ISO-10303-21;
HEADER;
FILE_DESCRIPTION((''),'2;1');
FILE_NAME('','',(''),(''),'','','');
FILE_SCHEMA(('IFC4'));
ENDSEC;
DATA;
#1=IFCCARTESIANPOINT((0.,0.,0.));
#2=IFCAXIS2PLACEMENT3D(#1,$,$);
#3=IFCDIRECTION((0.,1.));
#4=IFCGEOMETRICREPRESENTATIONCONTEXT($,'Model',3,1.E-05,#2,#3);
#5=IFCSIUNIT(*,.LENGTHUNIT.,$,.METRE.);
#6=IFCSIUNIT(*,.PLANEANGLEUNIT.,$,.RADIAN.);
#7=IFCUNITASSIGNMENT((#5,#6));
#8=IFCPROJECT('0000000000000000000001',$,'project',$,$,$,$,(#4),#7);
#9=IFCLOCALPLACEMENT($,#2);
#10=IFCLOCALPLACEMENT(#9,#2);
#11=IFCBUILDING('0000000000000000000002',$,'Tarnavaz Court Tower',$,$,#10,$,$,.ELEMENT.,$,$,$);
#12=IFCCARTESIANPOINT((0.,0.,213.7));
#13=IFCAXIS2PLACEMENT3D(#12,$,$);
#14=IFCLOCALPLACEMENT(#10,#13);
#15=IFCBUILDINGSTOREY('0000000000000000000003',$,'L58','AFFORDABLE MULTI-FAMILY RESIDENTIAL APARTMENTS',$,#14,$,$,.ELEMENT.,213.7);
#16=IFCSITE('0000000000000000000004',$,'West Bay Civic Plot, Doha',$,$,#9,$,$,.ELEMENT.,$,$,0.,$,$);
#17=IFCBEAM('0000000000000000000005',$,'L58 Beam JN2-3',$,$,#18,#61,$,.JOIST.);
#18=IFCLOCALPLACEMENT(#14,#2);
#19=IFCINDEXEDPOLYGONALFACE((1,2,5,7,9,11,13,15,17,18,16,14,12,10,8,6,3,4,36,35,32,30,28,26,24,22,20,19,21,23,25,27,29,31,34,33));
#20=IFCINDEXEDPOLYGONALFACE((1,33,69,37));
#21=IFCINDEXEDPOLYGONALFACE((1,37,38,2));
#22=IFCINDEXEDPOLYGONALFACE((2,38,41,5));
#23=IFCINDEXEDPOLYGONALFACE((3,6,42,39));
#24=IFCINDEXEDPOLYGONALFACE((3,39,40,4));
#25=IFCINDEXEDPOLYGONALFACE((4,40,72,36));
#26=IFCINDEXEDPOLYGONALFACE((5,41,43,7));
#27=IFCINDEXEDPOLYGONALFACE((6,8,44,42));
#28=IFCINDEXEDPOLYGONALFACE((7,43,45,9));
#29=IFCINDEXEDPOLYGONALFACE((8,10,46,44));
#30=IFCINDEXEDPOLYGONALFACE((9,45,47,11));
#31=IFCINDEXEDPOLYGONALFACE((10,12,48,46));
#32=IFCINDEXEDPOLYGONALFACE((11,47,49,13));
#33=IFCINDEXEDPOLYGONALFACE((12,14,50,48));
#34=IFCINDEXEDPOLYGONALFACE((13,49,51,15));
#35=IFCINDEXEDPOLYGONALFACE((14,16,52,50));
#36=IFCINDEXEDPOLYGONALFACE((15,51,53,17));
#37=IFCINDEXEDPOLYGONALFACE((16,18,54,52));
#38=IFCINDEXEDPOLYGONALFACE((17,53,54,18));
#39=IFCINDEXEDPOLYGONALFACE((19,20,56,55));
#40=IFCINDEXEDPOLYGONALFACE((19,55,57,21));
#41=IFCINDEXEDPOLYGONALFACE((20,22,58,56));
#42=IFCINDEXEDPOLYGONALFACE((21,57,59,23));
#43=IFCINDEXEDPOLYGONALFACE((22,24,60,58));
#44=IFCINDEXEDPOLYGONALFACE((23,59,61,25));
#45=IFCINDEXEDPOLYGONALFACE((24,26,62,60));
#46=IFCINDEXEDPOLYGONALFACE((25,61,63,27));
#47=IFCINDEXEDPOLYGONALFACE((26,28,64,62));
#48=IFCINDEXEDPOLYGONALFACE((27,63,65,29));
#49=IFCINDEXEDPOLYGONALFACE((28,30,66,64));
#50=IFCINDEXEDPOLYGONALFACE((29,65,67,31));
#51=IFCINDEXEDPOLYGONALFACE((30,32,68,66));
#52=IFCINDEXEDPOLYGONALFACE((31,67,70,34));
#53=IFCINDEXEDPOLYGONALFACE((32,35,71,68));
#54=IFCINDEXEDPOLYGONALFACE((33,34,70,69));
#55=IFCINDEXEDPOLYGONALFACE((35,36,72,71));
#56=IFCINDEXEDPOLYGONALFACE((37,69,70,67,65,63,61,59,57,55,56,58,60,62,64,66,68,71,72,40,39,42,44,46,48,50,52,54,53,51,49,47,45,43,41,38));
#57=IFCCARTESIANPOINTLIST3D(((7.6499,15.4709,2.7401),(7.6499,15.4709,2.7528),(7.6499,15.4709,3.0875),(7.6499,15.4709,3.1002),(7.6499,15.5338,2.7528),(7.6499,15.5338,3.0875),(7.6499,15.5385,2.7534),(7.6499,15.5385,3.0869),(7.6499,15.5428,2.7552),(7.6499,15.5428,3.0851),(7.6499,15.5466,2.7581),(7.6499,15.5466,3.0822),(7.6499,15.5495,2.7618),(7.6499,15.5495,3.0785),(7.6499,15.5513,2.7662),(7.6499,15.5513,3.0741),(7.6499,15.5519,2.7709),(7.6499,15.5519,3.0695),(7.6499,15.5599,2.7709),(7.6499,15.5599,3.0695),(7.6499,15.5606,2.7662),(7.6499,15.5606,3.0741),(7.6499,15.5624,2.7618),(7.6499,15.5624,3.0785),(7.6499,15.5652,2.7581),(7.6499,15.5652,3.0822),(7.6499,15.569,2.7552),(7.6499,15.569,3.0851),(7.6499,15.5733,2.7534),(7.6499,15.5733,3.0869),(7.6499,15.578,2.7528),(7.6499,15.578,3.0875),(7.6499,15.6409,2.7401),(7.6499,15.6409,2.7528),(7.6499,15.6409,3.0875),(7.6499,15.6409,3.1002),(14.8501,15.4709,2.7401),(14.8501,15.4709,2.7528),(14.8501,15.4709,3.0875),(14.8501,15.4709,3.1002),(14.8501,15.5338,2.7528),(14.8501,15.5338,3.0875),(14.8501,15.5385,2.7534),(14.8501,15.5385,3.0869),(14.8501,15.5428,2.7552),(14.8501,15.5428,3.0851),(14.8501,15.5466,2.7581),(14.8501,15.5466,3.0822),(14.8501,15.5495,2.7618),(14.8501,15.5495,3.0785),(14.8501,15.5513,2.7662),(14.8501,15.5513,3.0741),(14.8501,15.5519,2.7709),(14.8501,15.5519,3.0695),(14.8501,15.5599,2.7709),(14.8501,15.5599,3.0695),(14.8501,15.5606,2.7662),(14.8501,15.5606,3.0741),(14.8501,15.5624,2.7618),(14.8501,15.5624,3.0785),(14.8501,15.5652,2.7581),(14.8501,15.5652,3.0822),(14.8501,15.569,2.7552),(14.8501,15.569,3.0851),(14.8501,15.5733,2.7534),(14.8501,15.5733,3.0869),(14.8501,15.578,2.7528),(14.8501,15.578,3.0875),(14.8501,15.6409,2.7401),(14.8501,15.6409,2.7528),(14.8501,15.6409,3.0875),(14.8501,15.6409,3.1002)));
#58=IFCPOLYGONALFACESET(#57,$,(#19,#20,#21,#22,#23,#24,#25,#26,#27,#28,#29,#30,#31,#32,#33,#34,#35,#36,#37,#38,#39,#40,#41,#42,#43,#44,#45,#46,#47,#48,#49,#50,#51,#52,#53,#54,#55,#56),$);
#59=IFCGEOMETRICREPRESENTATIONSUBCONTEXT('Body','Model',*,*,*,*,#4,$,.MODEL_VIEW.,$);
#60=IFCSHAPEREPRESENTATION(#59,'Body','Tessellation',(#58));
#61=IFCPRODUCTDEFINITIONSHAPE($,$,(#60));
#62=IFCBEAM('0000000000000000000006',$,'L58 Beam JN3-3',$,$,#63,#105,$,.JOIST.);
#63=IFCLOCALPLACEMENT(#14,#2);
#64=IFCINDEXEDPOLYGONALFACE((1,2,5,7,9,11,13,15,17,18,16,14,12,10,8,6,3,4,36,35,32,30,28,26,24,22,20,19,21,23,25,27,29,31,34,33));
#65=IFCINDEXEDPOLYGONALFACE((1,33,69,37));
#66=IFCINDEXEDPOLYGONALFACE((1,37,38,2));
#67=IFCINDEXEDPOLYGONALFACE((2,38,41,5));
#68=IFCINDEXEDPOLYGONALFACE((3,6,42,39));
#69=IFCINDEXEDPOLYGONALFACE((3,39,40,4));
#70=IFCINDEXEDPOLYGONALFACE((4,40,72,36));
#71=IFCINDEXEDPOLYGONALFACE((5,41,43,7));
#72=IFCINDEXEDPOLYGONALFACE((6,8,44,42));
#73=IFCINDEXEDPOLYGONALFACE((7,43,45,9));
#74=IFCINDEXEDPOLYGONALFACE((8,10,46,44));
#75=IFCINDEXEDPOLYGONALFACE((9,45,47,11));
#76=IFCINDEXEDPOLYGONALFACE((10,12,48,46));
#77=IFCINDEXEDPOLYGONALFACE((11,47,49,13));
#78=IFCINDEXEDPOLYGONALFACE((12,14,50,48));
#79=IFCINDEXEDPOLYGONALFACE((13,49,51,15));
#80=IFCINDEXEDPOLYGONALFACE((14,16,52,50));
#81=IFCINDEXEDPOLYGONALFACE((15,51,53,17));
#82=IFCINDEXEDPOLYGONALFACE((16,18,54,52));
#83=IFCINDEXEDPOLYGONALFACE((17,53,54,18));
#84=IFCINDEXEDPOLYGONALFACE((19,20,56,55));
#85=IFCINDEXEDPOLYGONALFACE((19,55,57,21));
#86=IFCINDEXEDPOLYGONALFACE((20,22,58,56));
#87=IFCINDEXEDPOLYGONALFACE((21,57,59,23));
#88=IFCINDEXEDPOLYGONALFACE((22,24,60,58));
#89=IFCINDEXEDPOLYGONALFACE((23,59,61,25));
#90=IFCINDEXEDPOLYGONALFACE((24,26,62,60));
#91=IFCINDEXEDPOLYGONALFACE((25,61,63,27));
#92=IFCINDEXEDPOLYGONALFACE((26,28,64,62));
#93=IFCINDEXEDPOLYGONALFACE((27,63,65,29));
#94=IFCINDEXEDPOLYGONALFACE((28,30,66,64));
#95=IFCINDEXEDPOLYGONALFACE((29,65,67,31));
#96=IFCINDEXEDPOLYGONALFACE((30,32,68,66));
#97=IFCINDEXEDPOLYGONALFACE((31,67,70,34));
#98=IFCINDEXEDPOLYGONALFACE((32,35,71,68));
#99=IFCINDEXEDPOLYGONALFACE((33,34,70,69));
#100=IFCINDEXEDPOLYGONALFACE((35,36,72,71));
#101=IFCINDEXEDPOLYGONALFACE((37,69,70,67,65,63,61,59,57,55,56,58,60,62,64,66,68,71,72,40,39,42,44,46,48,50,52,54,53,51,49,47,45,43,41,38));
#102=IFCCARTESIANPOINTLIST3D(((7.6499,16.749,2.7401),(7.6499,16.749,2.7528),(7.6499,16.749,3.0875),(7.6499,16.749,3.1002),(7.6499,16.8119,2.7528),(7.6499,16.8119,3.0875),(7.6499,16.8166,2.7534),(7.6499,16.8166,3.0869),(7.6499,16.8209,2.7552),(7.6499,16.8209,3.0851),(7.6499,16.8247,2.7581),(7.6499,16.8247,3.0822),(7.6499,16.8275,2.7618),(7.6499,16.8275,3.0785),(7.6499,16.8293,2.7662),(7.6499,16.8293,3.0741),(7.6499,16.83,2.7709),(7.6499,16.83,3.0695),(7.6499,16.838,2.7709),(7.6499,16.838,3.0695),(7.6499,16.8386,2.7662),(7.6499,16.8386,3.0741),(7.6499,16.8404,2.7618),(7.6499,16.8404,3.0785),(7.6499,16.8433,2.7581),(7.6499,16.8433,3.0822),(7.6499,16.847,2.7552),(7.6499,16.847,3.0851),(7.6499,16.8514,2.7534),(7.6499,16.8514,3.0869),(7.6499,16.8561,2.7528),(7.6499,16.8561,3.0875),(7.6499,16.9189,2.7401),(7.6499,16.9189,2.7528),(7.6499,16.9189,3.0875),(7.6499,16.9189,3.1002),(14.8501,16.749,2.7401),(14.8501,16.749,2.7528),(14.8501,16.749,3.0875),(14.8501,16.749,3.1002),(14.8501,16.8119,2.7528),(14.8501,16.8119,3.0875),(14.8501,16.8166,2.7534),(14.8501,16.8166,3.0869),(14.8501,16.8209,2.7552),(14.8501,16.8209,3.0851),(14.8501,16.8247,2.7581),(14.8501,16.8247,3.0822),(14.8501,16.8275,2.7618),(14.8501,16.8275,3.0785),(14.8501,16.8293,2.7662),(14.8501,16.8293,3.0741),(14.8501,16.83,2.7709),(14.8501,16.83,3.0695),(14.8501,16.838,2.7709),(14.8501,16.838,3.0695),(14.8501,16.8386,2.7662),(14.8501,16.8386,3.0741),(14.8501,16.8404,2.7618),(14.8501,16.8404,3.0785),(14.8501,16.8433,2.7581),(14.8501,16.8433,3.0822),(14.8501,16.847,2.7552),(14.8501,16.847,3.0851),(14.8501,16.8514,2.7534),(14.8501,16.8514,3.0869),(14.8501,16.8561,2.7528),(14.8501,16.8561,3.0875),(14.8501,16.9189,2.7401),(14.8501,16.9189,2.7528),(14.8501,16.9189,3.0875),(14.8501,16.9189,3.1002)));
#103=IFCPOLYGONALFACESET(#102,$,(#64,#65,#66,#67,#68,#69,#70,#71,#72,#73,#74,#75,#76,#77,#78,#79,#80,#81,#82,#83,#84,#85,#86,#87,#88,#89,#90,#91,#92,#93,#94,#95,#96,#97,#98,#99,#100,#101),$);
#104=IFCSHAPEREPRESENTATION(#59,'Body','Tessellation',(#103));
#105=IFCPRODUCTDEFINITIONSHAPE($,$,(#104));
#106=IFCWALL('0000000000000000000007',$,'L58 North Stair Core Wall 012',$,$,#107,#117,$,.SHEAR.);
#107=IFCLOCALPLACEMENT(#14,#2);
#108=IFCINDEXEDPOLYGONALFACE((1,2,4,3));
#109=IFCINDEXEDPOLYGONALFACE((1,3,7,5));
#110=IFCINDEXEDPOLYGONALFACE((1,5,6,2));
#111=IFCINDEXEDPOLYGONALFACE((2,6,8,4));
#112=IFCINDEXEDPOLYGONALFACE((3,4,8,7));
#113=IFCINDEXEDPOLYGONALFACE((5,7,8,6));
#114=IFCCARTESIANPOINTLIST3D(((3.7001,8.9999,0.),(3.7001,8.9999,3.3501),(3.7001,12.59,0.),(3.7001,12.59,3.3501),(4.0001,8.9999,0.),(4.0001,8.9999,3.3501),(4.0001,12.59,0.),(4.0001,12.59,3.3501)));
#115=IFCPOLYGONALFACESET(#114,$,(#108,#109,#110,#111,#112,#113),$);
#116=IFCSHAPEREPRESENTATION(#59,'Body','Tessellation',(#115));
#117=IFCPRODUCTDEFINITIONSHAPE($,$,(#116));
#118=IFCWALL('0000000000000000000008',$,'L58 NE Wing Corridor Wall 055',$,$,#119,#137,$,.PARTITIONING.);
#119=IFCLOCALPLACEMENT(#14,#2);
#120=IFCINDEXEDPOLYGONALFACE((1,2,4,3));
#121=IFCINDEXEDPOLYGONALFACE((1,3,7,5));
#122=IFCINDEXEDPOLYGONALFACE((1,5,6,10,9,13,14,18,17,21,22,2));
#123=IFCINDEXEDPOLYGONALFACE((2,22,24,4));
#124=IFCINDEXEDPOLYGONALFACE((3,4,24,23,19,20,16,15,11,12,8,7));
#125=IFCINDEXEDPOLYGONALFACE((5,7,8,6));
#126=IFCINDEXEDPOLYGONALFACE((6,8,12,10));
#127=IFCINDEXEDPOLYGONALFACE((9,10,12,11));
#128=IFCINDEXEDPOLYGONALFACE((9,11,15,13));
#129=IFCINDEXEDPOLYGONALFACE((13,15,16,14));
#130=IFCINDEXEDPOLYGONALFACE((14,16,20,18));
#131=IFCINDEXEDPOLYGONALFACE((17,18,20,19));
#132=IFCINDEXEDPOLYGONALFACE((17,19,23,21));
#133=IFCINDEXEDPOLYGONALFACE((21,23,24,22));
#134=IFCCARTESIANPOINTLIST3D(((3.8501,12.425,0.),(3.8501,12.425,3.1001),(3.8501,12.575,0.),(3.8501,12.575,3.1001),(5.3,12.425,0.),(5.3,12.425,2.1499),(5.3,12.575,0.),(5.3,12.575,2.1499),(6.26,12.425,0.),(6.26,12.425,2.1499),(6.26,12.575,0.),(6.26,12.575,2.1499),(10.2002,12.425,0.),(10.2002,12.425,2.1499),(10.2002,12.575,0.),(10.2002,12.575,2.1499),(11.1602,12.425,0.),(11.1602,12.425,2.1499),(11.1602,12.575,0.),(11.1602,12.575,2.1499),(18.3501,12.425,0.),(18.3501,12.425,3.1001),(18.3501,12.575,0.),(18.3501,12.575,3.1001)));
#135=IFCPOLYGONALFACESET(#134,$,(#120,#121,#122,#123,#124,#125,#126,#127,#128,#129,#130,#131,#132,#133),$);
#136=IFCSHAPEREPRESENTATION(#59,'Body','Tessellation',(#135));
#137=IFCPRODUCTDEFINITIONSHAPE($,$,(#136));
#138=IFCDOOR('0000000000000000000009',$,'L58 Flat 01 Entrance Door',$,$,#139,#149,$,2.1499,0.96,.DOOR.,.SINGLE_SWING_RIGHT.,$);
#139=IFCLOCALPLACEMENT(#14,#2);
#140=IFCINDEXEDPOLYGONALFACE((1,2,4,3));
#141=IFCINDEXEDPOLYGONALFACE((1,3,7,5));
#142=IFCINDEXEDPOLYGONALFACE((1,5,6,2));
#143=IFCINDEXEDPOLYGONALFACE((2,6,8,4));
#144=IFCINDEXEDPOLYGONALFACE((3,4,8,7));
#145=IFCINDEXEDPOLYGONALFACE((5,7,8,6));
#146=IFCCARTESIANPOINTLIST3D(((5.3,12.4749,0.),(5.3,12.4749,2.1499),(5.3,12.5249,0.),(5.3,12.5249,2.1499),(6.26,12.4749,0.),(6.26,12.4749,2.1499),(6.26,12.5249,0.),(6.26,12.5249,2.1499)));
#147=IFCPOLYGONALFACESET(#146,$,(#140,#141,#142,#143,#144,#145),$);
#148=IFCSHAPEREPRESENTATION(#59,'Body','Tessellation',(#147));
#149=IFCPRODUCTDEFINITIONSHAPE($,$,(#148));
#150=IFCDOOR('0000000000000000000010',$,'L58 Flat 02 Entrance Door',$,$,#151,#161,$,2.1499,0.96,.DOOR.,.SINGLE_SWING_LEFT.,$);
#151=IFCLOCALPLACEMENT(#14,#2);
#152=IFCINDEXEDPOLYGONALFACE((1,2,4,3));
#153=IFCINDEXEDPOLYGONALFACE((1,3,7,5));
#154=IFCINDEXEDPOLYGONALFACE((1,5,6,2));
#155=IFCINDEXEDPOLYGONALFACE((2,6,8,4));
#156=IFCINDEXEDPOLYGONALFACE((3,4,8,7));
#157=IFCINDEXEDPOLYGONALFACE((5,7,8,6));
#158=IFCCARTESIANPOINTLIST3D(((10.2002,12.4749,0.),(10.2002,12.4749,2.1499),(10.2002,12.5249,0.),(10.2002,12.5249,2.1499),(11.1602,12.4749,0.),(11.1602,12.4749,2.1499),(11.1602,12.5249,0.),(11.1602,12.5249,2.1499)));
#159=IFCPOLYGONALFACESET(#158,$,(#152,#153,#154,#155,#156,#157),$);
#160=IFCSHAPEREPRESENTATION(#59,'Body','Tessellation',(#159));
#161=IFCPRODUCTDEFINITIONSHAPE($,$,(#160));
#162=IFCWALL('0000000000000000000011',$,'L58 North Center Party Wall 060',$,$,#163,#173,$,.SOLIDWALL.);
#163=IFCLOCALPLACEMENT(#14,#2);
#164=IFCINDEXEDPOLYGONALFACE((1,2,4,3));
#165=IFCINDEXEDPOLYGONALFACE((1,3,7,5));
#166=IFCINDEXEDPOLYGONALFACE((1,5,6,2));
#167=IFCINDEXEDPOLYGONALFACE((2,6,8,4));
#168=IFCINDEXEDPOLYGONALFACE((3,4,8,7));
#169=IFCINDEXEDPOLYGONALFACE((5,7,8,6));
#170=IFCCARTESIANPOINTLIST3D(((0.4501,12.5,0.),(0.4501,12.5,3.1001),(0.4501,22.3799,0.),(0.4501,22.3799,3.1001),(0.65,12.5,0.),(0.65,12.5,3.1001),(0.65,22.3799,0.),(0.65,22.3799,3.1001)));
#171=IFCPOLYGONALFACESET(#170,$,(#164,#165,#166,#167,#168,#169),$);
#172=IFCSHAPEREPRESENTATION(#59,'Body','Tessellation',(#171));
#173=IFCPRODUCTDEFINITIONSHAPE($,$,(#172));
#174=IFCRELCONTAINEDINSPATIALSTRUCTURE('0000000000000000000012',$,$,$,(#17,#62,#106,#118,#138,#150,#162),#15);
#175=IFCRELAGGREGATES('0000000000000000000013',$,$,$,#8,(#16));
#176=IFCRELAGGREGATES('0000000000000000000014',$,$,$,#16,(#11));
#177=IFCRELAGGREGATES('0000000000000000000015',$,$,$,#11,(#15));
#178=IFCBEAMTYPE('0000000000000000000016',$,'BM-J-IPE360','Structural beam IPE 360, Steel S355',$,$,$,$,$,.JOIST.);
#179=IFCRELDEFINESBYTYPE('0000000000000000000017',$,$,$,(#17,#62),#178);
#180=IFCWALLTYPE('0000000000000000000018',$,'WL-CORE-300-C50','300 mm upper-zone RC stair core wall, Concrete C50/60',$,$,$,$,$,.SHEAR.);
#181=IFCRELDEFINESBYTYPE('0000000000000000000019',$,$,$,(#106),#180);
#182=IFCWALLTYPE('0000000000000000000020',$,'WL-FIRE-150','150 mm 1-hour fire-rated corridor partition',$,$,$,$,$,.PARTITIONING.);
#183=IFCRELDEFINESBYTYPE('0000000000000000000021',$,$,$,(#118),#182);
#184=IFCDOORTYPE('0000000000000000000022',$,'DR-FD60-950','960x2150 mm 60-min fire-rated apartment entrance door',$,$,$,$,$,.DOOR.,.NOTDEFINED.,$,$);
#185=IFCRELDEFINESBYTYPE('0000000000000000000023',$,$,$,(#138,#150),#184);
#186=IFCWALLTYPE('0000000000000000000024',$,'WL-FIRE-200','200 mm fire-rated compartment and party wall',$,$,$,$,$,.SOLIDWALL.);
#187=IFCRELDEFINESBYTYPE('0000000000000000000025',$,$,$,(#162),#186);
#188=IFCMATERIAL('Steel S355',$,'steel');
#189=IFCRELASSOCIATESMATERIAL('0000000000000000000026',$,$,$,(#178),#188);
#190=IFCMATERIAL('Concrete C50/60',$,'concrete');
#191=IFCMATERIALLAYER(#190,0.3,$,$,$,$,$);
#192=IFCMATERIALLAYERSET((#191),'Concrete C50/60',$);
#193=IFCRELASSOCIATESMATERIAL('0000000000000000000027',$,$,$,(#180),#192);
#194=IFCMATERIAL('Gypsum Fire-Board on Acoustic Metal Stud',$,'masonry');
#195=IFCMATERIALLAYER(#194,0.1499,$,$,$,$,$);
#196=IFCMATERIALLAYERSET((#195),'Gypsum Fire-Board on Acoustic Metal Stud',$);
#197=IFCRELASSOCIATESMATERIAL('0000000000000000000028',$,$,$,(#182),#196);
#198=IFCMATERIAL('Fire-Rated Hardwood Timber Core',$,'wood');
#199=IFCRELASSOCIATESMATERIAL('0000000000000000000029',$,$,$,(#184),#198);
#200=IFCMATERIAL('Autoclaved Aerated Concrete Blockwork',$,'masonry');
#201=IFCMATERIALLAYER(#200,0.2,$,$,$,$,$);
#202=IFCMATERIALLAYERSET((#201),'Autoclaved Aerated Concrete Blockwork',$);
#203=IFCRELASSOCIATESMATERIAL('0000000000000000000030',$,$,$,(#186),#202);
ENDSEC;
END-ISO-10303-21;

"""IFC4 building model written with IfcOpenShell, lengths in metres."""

from ifc_helpers import new_model, si_unit, direction, frame, frame_2d, origin, origin_2d, place, context, subcontext, project, spatial, rectangle, i_section, extrude, material, layer, layer_set, material_profile, profile_set, type_object, element, fill, save


model = new_model("IFC4")

# Units and contexts
model_context = context("Model", 3, precision=1e-05, world=origin(), true_north=direction((0.0, 1.0)))
body_context = subcontext(model_context, "Body", "Model", "MODEL_VIEW")
ifc_project = project(units=[si_unit("LENGTHUNIT", "METRE"), si_unit("PLANEANGLEUNIT", "RADIAN")], contexts=[model_context])

# Site, building, storey
site_placement = place(None, origin())
site = spatial("IfcSite", under=ifc_project, at=site_placement, Name="West Bay Civic Plot, Doha", CompositionType="ELEMENT", RefElevation=0.0)
building_placement = place(site_placement, origin())
building = spatial("IfcBuilding", under=site, at=building_placement, Name="Tarnavaz Court Tower", CompositionType="ELEMENT")
storey_placement = place(building_placement, frame((0.0, 0.0, 213.7)))
storey = spatial("IfcBuildingStorey", under=building, at=storey_placement, Name="L58", Description="AFFORDABLE MULTI-FAMILY RESIDENTIAL APARTMENTS", CompositionType="ELEMENT", Elevation=213.7)

# Shared definitions
ifc_material_1 = material(Name="Concrete C50/60", Category="concrete")

# Beams
ifc_material_2 = material(Name="Steel S355", Category="steel")
ifc_material_profile_1 = material_profile(ifc_material_2, i_section(OverallWidth=0.1699, OverallDepth=0.3601, WebThickness=0.0081, FlangeThickness=0.0127, FilletRadius=0.0181, at=origin_2d()), Name="IPE 360")
ifc_profile_set_1 = profile_set([ifc_material_profile_1], Name="Steel S355")
beam_type_1 = type_object("IfcBeamType", Name="BM-J-IPE360", Description="Structural beam IPE 360, Steel S355", PredefinedType="JOIST", material=ifc_profile_set_1)
for number, where, z_axis, x_axis, name in (
    (1, (7.6499, 15.5559, 2.9202), (1.0, 0.0, 0.0), (0.0, 1.0, 0.0), "L58 Beam JN2-3"),
    (2, (7.6499, 16.834, 2.9202), (1.0, 0.0, 0.0), (0.0, 1.0, 0.0), "L58 Beam JN3-3"),
):
    element("IfcBeam", number, at=place(storey_placement, frame(where, z_axis=z_axis, x_axis=x_axis)), inside=storey, type_object=beam_type_1, Name=name, PredefinedType="JOIST", context=body_context, shape_type="SweptSolid", body=[
        extrude(i_section(OverallWidth=0.1699, OverallDepth=0.3601, WebThickness=0.0081, FlangeThickness=0.0127, FilletRadius=0.0181, at=origin_2d()), origin(), (0.0, 0.0, 1.0), 7.2002),
    ])

# Wall
ifc_layer_1 = layer(ifc_material_1, 0.3)
ifc_layer_set_1 = layer_set([ifc_layer_1], Name="Concrete C50/60")
wall_type_1 = type_object("IfcWallType", Name="WL-CORE-300-C50", Description="300 mm upper-zone RC stair core wall, Concrete C50/60", PredefinedType="SHEAR", material=ifc_layer_set_1)
wall_1_placement = place(storey_placement, frame((3.8501, 9.0, 0.0), z_axis=(0.0, 0.0, 1.0), x_axis=(0.0, 1.0, 0.0)))
element("IfcWall", 3, at=wall_1_placement, inside=storey, type_object=wall_type_1, Name="L58 North Stair Core Wall 012", PredefinedType="SHEAR", context=body_context, shape_type="SweptSolid", body=[
    extrude(rectangle(XDim=3.5901, YDim=0.3, at=frame_2d((1.7949, 0.0))), origin(), (0.0, 0.0, 1.0), 3.3501),
])

# Wall, openings, doors
ifc_material_3 = material(Name="Gypsum Fire-Board on Acoustic Metal Stud", Category="masonry")
ifc_layer_2 = layer(ifc_material_3, 0.1499)
ifc_layer_set_2 = layer_set([ifc_layer_2], Name="Gypsum Fire-Board on Acoustic Metal Stud")
wall_type_2 = type_object("IfcWallType", Name="WL-FIRE-150", Description="150 mm 1-hour fire-rated corridor partition", PredefinedType="PARTITIONING", material=ifc_layer_set_2)
wall_2_placement = place(storey_placement, frame((3.8501, 12.5, 0.0), z_axis=(0.0, 0.0, 1.0), x_axis=(1.0, 0.0, 0.0)))
wall_2 = element("IfcWall", 4, at=wall_2_placement, inside=storey, type_object=wall_type_2, Name="L58 NE Wing Corridor Wall 055", PredefinedType="PARTITIONING", context=body_context, shape_type="SweptSolid", body=[
    extrude(rectangle(XDim=14.5, YDim=0.1499, at=frame_2d((7.25, 0.0))), origin(), (0.0, 0.0, 1.0), 3.1001),
])
opening_1_placement = place(wall_2_placement, frame((1.45, 0.0, 0.0)))
opening_1 = element("IfcOpeningElement", 5, at=opening_1_placement, cuts=wall_2, PredefinedType="OPENING", context=body_context, shape_type="SweptSolid", body=[
    extrude(rectangle(XDim=0.96, YDim=2.1499, at=frame_2d((0.48, 1.075))), frame((0.0, 0.085, 0.0), z_axis=(0.0, -1.0, 0.0), x_axis=(1.0, 0.0, 0.0)), (0.0, 0.0, 1.0), 0.1699),
])
opening_2_placement = place(wall_2_placement, frame((6.3501, 0.0, 0.0)))
opening_2 = element("IfcOpeningElement", 6, at=opening_2_placement, cuts=wall_2, PredefinedType="OPENING", context=body_context, shape_type="SweptSolid", body=[
    extrude(rectangle(XDim=0.96, YDim=2.1499, at=frame_2d((0.48, 1.075))), frame((0.0, 0.085, 0.0), z_axis=(0.0, -1.0, 0.0), x_axis=(1.0, 0.0, 0.0)), (0.0, 0.0, 1.0), 0.1699),
])
ifc_material_4 = material(Name="Fire-Rated Hardwood Timber Core", Category="wood")
door_type_1 = type_object("IfcDoorType", Name="DR-FD60-950", Description="960x2150 mm 60-min fire-rated apartment entrance door", OperationType="NOTDEFINED", PredefinedType="DOOR", material=ifc_material_4)
door_1_placement = place(opening_1_placement, origin())
door_1 = element("IfcDoor", 7, at=door_1_placement, inside=storey, type_object=door_type_1, Name="L58 Flat 01 Entrance Door", OperationType="SINGLE_SWING_RIGHT", OverallHeight=2.1499, OverallWidth=0.96, PredefinedType="DOOR", context=body_context, shape_type="SweptSolid", body=[
    extrude(rectangle(XDim=0.96, YDim=2.1499, at=frame_2d((0.48, 1.075))), frame((0.0, 0.0249, 0.0), z_axis=(0.0, -1.0, 0.0), x_axis=(1.0, 0.0, 0.0)), (0.0, 0.0, 1.0), 0.05),
])
fill(opening_1, door_1)
door_2_placement = place(opening_2_placement, origin())
door_2 = element("IfcDoor", 8, at=door_2_placement, inside=storey, type_object=door_type_1, Name="L58 Flat 02 Entrance Door", OperationType="SINGLE_SWING_LEFT", OverallHeight=2.1499, OverallWidth=0.96, PredefinedType="DOOR", context=body_context, shape_type="SweptSolid", body=[
    extrude(rectangle(XDim=0.96, YDim=2.1499, at=frame_2d((0.48, 1.075))), frame((0.0, 0.0249, 0.0), z_axis=(0.0, -1.0, 0.0), x_axis=(1.0, 0.0, 0.0)), (0.0, 0.0, 1.0), 0.05),
])
fill(opening_2, door_2)

# Wall
ifc_material_5 = material(Name="Autoclaved Aerated Concrete Blockwork", Category="masonry")
ifc_layer_3 = layer(ifc_material_5, 0.2)
ifc_layer_set_3 = layer_set([ifc_layer_3], Name="Autoclaved Aerated Concrete Blockwork")
wall_type_3 = type_object("IfcWallType", Name="WL-FIRE-200", Description="200 mm fire-rated compartment and party wall", PredefinedType="SOLIDWALL", material=ifc_layer_set_3)
wall_3_placement = place(storey_placement, frame((0.55, 12.5, 0.0), z_axis=(0.0, 0.0, 1.0), x_axis=(0.0, 1.0, 0.0)))
element("IfcWall", 9, at=wall_3_placement, inside=storey, type_object=wall_type_3, Name="L58 North Center Party Wall 060", PredefinedType="SOLIDWALL", context=body_context, shape_type="SweptSolid", body=[
    extrude(rectangle(XDim=9.8799, YDim=0.2, at=frame_2d((4.9399, 0.0))), origin(), (0.0, 0.0, 1.0), 3.1001),
])

save(model, "model.ifc")
